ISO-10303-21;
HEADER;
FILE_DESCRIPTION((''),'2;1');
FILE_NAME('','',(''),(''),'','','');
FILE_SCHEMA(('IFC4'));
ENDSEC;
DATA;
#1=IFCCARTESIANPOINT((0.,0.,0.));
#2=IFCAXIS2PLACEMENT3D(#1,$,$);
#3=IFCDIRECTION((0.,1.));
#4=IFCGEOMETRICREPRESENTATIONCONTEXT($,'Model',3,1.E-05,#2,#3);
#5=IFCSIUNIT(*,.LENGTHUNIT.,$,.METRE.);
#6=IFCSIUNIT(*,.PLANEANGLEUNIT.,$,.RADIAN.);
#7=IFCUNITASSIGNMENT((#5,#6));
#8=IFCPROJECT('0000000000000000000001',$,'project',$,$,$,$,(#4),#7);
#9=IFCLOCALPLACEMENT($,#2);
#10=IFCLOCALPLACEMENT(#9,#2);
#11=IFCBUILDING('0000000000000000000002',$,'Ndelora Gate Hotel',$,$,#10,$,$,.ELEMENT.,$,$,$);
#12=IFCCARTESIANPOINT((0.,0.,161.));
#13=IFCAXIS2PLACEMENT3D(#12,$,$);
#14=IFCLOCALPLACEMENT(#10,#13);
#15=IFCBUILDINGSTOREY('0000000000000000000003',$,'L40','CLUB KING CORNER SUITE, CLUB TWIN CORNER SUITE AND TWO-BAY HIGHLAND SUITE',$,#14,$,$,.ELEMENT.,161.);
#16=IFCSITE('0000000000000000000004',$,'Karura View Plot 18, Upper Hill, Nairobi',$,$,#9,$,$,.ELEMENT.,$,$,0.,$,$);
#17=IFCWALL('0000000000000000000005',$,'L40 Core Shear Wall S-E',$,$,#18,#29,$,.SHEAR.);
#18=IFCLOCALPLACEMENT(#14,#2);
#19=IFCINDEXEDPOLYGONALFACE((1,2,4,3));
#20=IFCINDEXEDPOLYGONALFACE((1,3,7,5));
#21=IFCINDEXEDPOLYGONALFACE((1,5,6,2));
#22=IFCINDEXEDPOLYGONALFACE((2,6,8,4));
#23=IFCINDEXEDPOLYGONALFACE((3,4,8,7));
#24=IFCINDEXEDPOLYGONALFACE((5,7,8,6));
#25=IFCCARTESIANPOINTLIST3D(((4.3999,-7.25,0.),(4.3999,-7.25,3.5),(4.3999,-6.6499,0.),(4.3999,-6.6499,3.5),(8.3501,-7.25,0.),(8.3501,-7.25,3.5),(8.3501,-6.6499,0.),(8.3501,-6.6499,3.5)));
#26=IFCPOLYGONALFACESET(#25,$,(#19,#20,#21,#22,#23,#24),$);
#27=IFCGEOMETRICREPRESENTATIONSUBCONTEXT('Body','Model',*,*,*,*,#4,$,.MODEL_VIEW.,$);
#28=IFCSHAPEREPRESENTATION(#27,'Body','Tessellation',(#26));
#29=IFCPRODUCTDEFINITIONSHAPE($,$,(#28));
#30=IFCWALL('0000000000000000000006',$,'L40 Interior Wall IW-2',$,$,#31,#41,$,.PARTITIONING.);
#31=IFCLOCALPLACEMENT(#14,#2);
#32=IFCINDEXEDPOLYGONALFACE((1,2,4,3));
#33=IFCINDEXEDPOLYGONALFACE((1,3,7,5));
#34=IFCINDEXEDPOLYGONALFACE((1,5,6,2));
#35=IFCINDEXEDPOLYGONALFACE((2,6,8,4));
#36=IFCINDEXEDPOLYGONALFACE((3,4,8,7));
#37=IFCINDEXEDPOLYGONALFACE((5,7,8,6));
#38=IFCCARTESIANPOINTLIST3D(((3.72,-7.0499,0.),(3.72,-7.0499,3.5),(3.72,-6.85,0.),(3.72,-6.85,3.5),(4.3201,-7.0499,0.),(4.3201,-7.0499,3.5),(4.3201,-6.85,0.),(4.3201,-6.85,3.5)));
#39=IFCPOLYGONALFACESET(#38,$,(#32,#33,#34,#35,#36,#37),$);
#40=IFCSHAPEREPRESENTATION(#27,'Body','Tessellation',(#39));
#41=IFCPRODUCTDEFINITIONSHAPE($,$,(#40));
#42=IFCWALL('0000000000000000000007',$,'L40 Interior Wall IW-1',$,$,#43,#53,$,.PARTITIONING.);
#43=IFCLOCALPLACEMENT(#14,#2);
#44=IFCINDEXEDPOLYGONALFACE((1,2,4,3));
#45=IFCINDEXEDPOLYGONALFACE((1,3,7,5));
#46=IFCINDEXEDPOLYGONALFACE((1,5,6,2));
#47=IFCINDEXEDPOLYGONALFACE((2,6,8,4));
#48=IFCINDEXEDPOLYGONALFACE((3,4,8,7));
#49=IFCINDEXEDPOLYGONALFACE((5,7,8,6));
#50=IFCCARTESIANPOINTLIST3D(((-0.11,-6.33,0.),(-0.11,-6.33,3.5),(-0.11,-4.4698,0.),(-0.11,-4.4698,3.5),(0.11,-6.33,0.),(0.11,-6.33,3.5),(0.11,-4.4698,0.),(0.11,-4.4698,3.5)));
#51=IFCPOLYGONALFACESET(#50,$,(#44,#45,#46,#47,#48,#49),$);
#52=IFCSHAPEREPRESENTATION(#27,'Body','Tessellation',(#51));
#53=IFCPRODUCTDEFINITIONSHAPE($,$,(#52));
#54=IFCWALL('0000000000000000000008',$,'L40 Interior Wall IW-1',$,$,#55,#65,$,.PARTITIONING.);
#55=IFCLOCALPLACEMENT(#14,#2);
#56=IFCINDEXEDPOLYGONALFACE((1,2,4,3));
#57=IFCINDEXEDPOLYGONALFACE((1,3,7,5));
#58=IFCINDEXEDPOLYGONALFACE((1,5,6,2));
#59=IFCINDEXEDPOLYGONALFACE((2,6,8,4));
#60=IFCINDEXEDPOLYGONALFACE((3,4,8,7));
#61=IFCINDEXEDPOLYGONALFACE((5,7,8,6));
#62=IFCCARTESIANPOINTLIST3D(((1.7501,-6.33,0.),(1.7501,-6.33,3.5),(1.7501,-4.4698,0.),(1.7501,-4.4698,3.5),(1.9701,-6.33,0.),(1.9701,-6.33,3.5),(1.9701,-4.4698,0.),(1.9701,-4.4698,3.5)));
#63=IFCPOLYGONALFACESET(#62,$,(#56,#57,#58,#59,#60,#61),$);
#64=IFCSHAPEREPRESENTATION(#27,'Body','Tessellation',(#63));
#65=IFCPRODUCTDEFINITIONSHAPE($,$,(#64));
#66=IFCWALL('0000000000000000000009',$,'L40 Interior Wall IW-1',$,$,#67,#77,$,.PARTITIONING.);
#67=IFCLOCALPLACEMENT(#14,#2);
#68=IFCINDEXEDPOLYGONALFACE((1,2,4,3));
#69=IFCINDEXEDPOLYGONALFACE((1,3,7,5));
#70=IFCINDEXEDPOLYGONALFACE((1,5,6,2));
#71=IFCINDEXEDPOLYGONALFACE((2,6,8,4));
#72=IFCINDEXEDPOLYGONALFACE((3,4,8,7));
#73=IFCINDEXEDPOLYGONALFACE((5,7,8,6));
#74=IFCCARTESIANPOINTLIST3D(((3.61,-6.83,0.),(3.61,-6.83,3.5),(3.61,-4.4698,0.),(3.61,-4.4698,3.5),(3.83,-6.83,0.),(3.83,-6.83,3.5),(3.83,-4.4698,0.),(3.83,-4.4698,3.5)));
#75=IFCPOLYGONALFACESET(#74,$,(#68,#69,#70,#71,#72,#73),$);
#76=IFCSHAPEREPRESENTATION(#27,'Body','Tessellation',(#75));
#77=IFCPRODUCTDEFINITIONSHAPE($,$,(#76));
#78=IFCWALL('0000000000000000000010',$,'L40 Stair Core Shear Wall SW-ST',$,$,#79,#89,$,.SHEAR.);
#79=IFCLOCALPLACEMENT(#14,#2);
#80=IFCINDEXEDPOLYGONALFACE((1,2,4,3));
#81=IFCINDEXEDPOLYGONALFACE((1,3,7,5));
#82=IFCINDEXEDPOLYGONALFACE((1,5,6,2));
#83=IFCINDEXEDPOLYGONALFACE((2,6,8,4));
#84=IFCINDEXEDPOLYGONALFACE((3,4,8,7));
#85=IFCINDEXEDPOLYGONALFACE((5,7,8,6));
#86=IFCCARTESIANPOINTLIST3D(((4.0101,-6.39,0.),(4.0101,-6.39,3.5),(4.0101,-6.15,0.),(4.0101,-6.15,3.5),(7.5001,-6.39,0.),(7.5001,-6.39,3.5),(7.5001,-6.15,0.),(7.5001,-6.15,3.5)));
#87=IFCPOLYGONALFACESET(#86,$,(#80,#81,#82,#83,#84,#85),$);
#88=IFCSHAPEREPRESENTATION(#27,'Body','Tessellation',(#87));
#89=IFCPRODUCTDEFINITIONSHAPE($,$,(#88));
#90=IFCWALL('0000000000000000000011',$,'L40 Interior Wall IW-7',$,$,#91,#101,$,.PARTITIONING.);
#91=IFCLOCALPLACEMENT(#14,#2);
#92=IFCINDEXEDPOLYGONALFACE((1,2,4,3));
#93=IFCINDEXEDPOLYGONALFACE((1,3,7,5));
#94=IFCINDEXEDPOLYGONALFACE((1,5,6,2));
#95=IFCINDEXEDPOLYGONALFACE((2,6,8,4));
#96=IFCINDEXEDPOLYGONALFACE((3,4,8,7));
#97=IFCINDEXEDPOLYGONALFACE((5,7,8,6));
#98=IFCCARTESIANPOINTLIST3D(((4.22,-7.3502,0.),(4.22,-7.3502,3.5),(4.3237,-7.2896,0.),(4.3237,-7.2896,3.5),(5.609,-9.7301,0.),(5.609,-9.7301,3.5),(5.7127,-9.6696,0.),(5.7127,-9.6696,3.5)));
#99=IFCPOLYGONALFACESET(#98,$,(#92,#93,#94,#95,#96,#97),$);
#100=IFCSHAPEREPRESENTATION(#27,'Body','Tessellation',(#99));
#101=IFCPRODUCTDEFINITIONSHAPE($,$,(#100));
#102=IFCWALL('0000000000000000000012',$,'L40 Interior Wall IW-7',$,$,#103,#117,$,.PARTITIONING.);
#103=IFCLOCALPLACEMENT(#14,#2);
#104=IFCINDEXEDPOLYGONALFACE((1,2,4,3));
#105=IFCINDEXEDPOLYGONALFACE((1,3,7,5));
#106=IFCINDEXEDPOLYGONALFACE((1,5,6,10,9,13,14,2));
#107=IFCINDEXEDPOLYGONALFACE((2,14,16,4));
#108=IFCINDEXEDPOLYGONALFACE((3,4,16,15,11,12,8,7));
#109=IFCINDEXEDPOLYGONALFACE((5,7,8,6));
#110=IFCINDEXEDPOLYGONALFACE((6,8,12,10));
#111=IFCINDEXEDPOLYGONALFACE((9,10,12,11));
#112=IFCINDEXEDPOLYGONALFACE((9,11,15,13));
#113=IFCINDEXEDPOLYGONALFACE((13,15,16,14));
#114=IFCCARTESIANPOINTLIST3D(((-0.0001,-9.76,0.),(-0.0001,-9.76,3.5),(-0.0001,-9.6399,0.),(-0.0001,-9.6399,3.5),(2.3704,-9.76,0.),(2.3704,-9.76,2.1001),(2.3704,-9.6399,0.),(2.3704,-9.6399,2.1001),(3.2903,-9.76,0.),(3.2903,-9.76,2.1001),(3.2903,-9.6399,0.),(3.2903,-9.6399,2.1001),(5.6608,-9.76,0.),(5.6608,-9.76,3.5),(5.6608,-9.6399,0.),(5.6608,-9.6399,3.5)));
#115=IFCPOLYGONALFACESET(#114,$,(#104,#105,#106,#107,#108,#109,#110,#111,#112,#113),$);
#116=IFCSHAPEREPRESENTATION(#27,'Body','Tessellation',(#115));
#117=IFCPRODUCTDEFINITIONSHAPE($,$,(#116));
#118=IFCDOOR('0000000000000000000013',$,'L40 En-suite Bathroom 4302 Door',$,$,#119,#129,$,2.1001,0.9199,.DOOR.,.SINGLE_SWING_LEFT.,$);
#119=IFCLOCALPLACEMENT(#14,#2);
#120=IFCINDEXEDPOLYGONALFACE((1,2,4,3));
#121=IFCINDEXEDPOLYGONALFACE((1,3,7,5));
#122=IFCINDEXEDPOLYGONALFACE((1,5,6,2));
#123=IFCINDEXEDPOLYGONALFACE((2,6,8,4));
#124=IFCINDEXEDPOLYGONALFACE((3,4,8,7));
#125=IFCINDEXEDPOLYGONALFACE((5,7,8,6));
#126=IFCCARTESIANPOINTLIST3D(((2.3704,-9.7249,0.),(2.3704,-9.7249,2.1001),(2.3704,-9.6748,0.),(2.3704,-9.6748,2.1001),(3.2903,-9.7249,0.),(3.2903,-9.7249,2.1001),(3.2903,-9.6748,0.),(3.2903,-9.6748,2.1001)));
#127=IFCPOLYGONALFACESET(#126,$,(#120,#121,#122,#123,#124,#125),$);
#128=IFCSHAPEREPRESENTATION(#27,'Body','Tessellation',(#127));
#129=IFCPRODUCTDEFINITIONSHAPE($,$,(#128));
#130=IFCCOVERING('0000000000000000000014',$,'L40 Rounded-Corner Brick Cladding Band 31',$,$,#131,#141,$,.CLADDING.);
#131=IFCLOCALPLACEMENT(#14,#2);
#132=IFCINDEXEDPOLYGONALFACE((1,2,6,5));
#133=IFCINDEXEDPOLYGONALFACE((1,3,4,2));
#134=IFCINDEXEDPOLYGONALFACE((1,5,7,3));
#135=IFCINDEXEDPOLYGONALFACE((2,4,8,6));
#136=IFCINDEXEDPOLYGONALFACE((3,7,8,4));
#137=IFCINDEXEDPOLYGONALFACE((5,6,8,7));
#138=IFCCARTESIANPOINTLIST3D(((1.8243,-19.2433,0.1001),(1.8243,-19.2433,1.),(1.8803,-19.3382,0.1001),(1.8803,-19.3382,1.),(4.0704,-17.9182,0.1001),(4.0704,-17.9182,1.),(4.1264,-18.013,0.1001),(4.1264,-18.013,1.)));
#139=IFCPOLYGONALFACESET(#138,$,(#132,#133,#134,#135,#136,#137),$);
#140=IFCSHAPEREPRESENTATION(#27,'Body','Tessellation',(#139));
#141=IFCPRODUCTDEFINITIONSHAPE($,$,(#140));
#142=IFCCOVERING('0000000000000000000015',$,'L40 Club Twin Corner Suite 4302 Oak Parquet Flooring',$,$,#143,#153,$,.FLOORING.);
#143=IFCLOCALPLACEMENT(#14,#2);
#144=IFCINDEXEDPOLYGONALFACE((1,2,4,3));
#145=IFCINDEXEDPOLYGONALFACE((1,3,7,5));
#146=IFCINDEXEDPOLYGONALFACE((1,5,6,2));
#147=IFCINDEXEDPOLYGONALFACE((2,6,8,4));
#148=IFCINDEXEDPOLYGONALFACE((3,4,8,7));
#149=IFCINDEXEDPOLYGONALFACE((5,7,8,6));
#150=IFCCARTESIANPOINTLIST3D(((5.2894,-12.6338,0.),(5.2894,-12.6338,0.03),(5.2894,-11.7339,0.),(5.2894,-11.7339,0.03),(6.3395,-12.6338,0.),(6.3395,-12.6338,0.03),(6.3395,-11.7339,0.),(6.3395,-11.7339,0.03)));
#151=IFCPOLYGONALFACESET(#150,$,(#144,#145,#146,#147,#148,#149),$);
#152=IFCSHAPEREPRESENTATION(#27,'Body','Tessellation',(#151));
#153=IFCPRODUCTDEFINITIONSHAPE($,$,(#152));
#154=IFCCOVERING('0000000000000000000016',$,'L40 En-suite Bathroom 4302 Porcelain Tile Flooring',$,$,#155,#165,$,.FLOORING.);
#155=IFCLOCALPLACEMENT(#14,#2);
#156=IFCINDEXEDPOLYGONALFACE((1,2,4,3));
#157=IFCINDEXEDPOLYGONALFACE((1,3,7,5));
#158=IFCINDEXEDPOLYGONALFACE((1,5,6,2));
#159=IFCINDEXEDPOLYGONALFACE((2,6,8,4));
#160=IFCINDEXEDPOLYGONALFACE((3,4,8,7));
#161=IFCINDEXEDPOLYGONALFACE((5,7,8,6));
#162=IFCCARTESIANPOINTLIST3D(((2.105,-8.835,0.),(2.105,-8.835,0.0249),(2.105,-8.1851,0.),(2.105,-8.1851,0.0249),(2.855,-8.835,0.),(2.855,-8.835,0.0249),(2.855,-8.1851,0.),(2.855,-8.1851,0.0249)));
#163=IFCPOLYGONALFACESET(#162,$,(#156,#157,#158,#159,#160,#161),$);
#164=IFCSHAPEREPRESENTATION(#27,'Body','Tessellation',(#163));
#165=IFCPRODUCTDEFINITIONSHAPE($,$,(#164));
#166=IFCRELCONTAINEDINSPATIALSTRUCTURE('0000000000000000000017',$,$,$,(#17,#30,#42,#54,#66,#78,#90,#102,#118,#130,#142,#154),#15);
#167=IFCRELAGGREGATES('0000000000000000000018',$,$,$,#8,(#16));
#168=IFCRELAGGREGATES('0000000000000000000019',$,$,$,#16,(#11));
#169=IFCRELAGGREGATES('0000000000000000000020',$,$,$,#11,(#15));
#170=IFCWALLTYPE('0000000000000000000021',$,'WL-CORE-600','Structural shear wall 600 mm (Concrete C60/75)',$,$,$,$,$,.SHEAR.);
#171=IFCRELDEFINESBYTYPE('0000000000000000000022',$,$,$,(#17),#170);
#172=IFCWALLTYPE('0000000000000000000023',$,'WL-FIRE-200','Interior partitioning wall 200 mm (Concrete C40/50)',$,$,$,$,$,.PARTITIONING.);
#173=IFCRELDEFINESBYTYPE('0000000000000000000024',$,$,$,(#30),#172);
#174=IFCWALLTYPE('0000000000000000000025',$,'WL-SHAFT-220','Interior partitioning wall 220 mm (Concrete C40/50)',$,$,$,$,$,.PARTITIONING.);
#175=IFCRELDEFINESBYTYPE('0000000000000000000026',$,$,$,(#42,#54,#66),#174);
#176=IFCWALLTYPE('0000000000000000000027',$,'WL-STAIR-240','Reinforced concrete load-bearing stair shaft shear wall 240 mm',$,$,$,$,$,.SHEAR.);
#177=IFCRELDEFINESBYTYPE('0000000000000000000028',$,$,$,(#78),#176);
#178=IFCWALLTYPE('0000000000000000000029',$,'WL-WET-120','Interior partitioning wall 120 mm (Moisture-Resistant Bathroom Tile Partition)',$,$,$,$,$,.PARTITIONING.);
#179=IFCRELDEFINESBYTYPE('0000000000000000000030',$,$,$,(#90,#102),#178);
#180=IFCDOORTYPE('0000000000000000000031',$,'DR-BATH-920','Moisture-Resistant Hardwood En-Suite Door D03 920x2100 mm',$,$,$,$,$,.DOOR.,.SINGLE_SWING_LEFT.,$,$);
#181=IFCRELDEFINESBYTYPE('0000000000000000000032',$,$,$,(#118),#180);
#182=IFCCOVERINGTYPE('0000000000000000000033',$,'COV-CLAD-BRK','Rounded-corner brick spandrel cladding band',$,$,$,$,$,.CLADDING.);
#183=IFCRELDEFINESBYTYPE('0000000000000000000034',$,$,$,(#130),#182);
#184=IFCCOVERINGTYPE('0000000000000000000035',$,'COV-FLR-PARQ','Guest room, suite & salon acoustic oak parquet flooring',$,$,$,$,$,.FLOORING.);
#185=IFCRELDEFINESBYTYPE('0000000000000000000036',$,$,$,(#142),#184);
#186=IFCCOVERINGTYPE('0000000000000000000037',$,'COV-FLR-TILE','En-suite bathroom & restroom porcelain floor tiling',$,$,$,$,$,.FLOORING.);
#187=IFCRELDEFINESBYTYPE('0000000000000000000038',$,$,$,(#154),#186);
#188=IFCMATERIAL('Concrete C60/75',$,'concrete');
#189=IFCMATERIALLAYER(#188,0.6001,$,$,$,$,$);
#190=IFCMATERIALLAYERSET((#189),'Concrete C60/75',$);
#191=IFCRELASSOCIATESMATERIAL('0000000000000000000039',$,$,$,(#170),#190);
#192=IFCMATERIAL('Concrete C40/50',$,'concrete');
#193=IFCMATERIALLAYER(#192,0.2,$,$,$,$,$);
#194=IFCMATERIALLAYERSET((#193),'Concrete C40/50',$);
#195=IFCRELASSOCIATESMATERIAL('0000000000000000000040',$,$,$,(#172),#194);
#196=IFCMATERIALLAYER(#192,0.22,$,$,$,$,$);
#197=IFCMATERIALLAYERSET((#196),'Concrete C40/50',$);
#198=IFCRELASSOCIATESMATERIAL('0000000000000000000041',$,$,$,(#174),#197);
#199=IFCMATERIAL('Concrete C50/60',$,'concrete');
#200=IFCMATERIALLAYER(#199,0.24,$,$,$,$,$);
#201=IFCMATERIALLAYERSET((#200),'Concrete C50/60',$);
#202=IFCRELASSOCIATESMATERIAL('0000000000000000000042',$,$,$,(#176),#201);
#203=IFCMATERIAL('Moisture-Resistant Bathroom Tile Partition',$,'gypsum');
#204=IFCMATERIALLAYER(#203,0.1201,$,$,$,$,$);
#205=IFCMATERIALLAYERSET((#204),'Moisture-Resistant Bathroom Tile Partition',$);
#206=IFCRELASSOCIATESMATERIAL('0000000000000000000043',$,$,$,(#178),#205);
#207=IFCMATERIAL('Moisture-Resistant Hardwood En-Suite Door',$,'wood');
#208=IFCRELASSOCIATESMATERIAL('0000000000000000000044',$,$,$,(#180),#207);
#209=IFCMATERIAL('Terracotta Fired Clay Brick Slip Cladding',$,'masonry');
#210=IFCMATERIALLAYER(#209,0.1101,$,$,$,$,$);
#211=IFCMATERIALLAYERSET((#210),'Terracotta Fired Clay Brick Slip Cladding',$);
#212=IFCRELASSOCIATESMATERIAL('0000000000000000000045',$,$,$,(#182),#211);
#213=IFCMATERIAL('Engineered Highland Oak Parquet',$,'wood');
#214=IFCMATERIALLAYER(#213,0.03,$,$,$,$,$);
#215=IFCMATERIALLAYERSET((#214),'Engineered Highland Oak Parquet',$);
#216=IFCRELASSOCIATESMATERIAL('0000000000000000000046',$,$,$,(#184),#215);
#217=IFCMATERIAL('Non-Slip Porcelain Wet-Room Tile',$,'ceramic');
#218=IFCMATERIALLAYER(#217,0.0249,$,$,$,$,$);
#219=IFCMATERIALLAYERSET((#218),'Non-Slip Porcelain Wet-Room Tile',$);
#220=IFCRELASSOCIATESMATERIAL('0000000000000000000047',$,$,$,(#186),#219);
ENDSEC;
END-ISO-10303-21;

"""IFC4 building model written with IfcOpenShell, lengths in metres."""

from ifc_helpers import new_model, si_unit, direction, frame, frame_2d, origin, origin_2d, place, context, subcontext, project, spatial, rectangle, extrude, material, layer, layer_set, type_object, element, fill, save


model = new_model("IFC4")

# Units and contexts
model_context = context("Model", 3, precision=1e-05, world=origin(), true_north=direction((0.0, 1.0)))
body_context = subcontext(model_context, "Body", "Model", "MODEL_VIEW")
ifc_project = project(units=[si_unit("LENGTHUNIT", "METRE"), si_unit("PLANEANGLEUNIT", "RADIAN")], contexts=[model_context])

# Site, building, storey
site_placement = place(None, origin())
site = spatial("IfcSite", under=ifc_project, at=site_placement, Name="Karura View Plot 18, Upper Hill, Nairobi", CompositionType="ELEMENT", RefElevation=0.0)
building_placement = place(site_placement, origin())
building = spatial("IfcBuilding", under=site, at=building_placement, Name="Ndelora Gate Hotel", CompositionType="ELEMENT")
storey_placement = place(building_placement, frame((0.0, 0.0, 161.0)))
storey = spatial("IfcBuildingStorey", under=building, at=storey_placement, Name="L40", Description="CLUB KING CORNER SUITE, CLUB TWIN CORNER SUITE AND TWO-BAY HIGHLAND SUITE", CompositionType="ELEMENT", Elevation=161.0)

# Shared definitions
ifc_material_1 = material(Name="Concrete C60/75", Category="concrete")

# Walls
ifc_layer_1 = layer(ifc_material_1, 0.6001)
ifc_layer_set_1 = layer_set([ifc_layer_1], Name="Concrete C60/75")
wall_type_1 = type_object("IfcWallType", Name="WL-CORE-600", Description="Structural shear wall 600 mm (Concrete C60/75)", PredefinedType="SHEAR", material=ifc_layer_set_1)
wall_1_placement = place(storey_placement, frame((4.3999, -6.95, 0.0), z_axis=(0.0, 0.0, 1.0), x_axis=(1.0, 0.0, 0.0)))
element("IfcWall", 1, at=wall_1_placement, inside=storey, type_object=wall_type_1, Name="L40 Core Shear Wall S-E", PredefinedType="SHEAR", context=body_context, shape_type="SweptSolid", body=[
    extrude(rectangle(XDim=3.9502, YDim=0.6001, at=frame_2d((1.9751, 0.0))), origin(), (0.0, 0.0, 1.0), 3.5),
])
ifc_material_2 = material(Name="Concrete C40/50", Category="concrete")
ifc_layer_2 = layer(ifc_material_2, 0.2)
ifc_layer_set_2 = layer_set([ifc_layer_2], Name="Concrete C40/50")
wall_type_2 = type_object("IfcWallType", Name="WL-FIRE-200", Description="Interior partitioning wall 200 mm (Concrete C40/50)", PredefinedType="PARTITIONING", material=ifc_layer_set_2)
wall_2_placement = place(storey_placement, frame((3.72, -6.95, 0.0), z_axis=(0.0, 0.0, 1.0), x_axis=(1.0, 0.0, 0.0)))
element("IfcWall", 2, at=wall_2_placement, inside=storey, type_object=wall_type_2, Name="L40 Interior Wall IW-2", PredefinedType="PARTITIONING", context=body_context, shape_type="SweptSolid", body=[
    extrude(rectangle(XDim=0.6001, YDim=0.2, at=frame_2d((0.3, 0.0))), origin(), (0.0, 0.0, 1.0), 3.5),
])

# Shared definitions
ifc_layer_3 = layer(ifc_material_2, 0.22)
ifc_layer_set_3 = layer_set([ifc_layer_3], Name="Concrete C40/50")
wall_type_3 = type_object("IfcWallType", Name="WL-SHAFT-220", Description="Interior partitioning wall 220 mm (Concrete C40/50)", PredefinedType="PARTITIONING", material=ifc_layer_set_3)

# Walls
for number, where, z_axis, x_axis, name in (
    (3, (0.0, -6.3301, 0.0), (0.0, 0.0, 1.0), (0.0, 1.0, 0.0), "L40 Interior Wall IW-1"),
    (4, (1.8601, -6.3301, 0.0), (0.0, 0.0, 1.0), (0.0, 1.0, 0.0), "L40 Interior Wall IW-1"),
):
    element("IfcWall", number, at=place(storey_placement, frame(where, z_axis=z_axis, x_axis=x_axis)), inside=storey, type_object=wall_type_3, Name=name, PredefinedType="PARTITIONING", context=body_context, shape_type="SweptSolid", body=[
        extrude(rectangle(XDim=1.8601, YDim=0.22, at=frame_2d((0.9302, 0.0))), origin(), (0.0, 0.0, 1.0), 3.5),
    ])

# Walls
wall_3_placement = place(storey_placement, frame((3.72, -6.8301, 0.0), z_axis=(0.0, 0.0, 1.0), x_axis=(0.0, 1.0, 0.0)))
element("IfcWall", 5, at=wall_3_placement, inside=storey, type_object=wall_type_3, Name="L40 Interior Wall IW-1", PredefinedType="PARTITIONING", context=body_context, shape_type="SweptSolid", body=[
    extrude(rectangle(XDim=2.3601, YDim=0.22, at=frame_2d((1.1802, 0.0))), origin(), (0.0, 0.0, 1.0), 3.5),
])
ifc_material_3 = material(Name="Concrete C50/60", Category="concrete")
ifc_layer_4 = layer(ifc_material_3, 0.24)
ifc_layer_set_4 = layer_set([ifc_layer_4], Name="Concrete C50/60")
wall_type_4 = type_object("IfcWallType", Name="WL-STAIR-240", Description="Reinforced concrete load-bearing stair shaft shear wall 240 mm", PredefinedType="SHEAR", material=ifc_layer_set_4)
wall_4_placement = place(storey_placement, frame((4.01, -6.27, 0.0), z_axis=(0.0, 0.0, 1.0), x_axis=(1.0, 0.0, 0.0)))
element("IfcWall", 6, at=wall_4_placement, inside=storey, type_object=wall_type_4, Name="L40 Stair Core Shear Wall SW-ST", PredefinedType="SHEAR", context=body_context, shape_type="SweptSolid", body=[
    extrude(rectangle(XDim=3.49, YDim=0.24, at=frame_2d((1.7451, 0.0))), origin(), (0.0, 0.0, 1.0), 3.5),
])
ifc_material_4 = material(Name="Moisture-Resistant Bathroom Tile Partition", Category="gypsum")
ifc_layer_5 = layer(ifc_material_4, 0.1201)
ifc_layer_set_5 = layer_set([ifc_layer_5], Name="Moisture-Resistant Bathroom Tile Partition")
wall_type_5 = type_object("IfcWallType", Name="WL-WET-120", Description="Interior partitioning wall 120 mm (Moisture-Resistant Bathroom Tile Partition)", PredefinedType="PARTITIONING", material=ifc_layer_set_5)
wall_5_placement = place(storey_placement, frame((5.6609, -9.7, 0.0), z_axis=(0.0, 0.0, 1.0), x_axis=(-0.504047, 0.863676, 0.0)))
element("IfcWall", 7, at=wall_5_placement, inside=storey, type_object=wall_type_5, Name="L40 Interior Wall IW-7", PredefinedType="PARTITIONING", context=body_context, shape_type="SweptSolid", body=[
    extrude(rectangle(XDim=2.7556, YDim=0.1201, at=frame_2d((1.3779, 0.0))), origin(), (0.0, 0.0, 1.0), 3.5),
])

# Wall, opening, door
wall_6_placement = place(storey_placement, frame((5.6609, -9.7, 0.0), z_axis=(0.0, 0.0, 1.0), x_axis=(-1.0, 0.0, 0.0)))
wall_6 = element("IfcWall", 8, at=wall_6_placement, inside=storey, type_object=wall_type_5, Name="L40 Interior Wall IW-7", PredefinedType="PARTITIONING", context=body_context, shape_type="SweptSolid", body=[
    extrude(rectangle(XDim=5.6609, YDim=0.1201, at=frame_2d((2.8306, 0.0))), origin(), (0.0, 0.0, 1.0), 3.5),
])
opening_1_placement = place(wall_6_placement, frame((2.3706, 0.0, 0.0)))
opening_1 = element("IfcOpeningElement", 9, at=opening_1_placement, cuts=wall_6, PredefinedType="OPENING", context=body_context, shape_type="SweptSolid", body=[
    extrude(rectangle(XDim=0.9199, YDim=2.1001, at=frame_2d((0.46, 1.05))), frame((0.0, 0.0701, 0.0), z_axis=(0.0, -1.0, 0.0), x_axis=(1.0, 0.0, 0.0)), (0.0, 0.0, 1.0), 0.1401),
])
ifc_material_5 = material(Name="Moisture-Resistant Hardwood En-Suite Door", Category="wood")
door_type_1 = type_object("IfcDoorType", Name="DR-BATH-920", Description="Moisture-Resistant Hardwood En-Suite Door D03 920x2100 mm", OperationType="SINGLE_SWING_LEFT", PredefinedType="DOOR", material=ifc_material_5)
door_1_placement = place(opening_1_placement, origin())
door_1 = element("IfcDoor", 10, at=door_1_placement, inside=storey, type_object=door_type_1, Name="L40 En-suite Bathroom 4302 Door", OperationType="SINGLE_SWING_LEFT", OverallHeight=2.1001, OverallWidth=0.9199, PredefinedType="DOOR", context=body_context, shape_type="SweptSolid", body=[
    extrude(rectangle(XDim=0.9199, YDim=2.1001, at=frame_2d((0.46, 1.05))), frame((0.0, 0.0249, 0.0), z_axis=(0.0, -1.0, 0.0), x_axis=(1.0, 0.0, 0.0)), (0.0, 0.0, 1.0), 0.05),
])
fill(opening_1, door_1)

# Coverings
ifc_material_6 = material(Name="Terracotta Fired Clay Brick Slip Cladding", Category="masonry")
ifc_layer_6 = layer(ifc_material_6, 0.1101)
ifc_layer_set_6 = layer_set([ifc_layer_6], Name="Terracotta Fired Clay Brick Slip Cladding")
covering_type_1 = type_object("IfcCoveringType", Name="COV-CLAD-BRK", Description="Rounded-corner brick spandrel cladding band", PredefinedType="CLADDING", material=ifc_layer_set_6)
covering_1_placement = place(storey_placement, frame((2.9753, -18.6282, 0.1001), z_axis=(0.0, 0.0, 1.0), x_axis=(0.861275, 0.50814, 0.0)))
element("IfcCovering", 11, at=covering_1_placement, inside=storey, type_object=covering_type_1, Name="L40 Rounded-Corner Brick Cladding Band 31", PredefinedType="CLADDING", context=body_context, shape_type="SweptSolid", body=[
    extrude(rectangle(XDim=2.6079, YDim=0.1101, at=origin_2d()), origin(), (0.0, 0.0, 1.0), 0.8999),
])
ifc_material_7 = material(Name="Engineered Highland Oak Parquet", Category="wood")
ifc_layer_7 = layer(ifc_material_7, 0.03)
ifc_layer_set_7 = layer_set([ifc_layer_7], Name="Engineered Highland Oak Parquet")
covering_type_2 = type_object("IfcCoveringType", Name="COV-FLR-PARQ", Description="Guest room, suite & salon acoustic oak parquet flooring", PredefinedType="FLOORING", material=ifc_layer_set_7)
covering_2_placement = place(storey_placement, frame((5.8145, -12.1838, 0.0), z_axis=(0.0, 0.0, 1.0), x_axis=(1.0, 0.0, 0.0)))
element("IfcCovering", 12, at=covering_2_placement, inside=storey, type_object=covering_type_2, Name="L40 Club Twin Corner Suite 4302 Oak Parquet Flooring", PredefinedType="FLOORING", context=body_context, shape_type="SweptSolid", body=[
    extrude(rectangle(XDim=1.05, YDim=0.8999, at=origin_2d()), origin(), (0.0, 0.0, 1.0), 0.03),
])
ifc_material_8 = material(Name="Non-Slip Porcelain Wet-Room Tile", Category="ceramic")
ifc_layer_8 = layer(ifc_material_8, 0.0249)
ifc_layer_set_8 = layer_set([ifc_layer_8], Name="Non-Slip Porcelain Wet-Room Tile")
covering_type_3 = type_object("IfcCoveringType", Name="COV-FLR-TILE", Description="En-suite bathroom & restroom porcelain floor tiling", PredefinedType="FLOORING", material=ifc_layer_set_8)
covering_3_placement = place(storey_placement, frame((2.48, -8.51, 0.0), z_axis=(0.0, 0.0, 1.0), x_axis=(1.0, 0.0, 0.0)))
element("IfcCovering", 13, at=covering_3_placement, inside=storey, type_object=covering_type_3, Name="L40 En-suite Bathroom 4302 Porcelain Tile Flooring", PredefinedType="FLOORING", context=body_context, shape_type="SweptSolid", body=[
    extrude(rectangle(XDim=0.75, YDim=0.6499, at=origin_2d()), origin(), (0.0, 0.0, 1.0), 0.0249),
])

save(model, "model.ifc")
